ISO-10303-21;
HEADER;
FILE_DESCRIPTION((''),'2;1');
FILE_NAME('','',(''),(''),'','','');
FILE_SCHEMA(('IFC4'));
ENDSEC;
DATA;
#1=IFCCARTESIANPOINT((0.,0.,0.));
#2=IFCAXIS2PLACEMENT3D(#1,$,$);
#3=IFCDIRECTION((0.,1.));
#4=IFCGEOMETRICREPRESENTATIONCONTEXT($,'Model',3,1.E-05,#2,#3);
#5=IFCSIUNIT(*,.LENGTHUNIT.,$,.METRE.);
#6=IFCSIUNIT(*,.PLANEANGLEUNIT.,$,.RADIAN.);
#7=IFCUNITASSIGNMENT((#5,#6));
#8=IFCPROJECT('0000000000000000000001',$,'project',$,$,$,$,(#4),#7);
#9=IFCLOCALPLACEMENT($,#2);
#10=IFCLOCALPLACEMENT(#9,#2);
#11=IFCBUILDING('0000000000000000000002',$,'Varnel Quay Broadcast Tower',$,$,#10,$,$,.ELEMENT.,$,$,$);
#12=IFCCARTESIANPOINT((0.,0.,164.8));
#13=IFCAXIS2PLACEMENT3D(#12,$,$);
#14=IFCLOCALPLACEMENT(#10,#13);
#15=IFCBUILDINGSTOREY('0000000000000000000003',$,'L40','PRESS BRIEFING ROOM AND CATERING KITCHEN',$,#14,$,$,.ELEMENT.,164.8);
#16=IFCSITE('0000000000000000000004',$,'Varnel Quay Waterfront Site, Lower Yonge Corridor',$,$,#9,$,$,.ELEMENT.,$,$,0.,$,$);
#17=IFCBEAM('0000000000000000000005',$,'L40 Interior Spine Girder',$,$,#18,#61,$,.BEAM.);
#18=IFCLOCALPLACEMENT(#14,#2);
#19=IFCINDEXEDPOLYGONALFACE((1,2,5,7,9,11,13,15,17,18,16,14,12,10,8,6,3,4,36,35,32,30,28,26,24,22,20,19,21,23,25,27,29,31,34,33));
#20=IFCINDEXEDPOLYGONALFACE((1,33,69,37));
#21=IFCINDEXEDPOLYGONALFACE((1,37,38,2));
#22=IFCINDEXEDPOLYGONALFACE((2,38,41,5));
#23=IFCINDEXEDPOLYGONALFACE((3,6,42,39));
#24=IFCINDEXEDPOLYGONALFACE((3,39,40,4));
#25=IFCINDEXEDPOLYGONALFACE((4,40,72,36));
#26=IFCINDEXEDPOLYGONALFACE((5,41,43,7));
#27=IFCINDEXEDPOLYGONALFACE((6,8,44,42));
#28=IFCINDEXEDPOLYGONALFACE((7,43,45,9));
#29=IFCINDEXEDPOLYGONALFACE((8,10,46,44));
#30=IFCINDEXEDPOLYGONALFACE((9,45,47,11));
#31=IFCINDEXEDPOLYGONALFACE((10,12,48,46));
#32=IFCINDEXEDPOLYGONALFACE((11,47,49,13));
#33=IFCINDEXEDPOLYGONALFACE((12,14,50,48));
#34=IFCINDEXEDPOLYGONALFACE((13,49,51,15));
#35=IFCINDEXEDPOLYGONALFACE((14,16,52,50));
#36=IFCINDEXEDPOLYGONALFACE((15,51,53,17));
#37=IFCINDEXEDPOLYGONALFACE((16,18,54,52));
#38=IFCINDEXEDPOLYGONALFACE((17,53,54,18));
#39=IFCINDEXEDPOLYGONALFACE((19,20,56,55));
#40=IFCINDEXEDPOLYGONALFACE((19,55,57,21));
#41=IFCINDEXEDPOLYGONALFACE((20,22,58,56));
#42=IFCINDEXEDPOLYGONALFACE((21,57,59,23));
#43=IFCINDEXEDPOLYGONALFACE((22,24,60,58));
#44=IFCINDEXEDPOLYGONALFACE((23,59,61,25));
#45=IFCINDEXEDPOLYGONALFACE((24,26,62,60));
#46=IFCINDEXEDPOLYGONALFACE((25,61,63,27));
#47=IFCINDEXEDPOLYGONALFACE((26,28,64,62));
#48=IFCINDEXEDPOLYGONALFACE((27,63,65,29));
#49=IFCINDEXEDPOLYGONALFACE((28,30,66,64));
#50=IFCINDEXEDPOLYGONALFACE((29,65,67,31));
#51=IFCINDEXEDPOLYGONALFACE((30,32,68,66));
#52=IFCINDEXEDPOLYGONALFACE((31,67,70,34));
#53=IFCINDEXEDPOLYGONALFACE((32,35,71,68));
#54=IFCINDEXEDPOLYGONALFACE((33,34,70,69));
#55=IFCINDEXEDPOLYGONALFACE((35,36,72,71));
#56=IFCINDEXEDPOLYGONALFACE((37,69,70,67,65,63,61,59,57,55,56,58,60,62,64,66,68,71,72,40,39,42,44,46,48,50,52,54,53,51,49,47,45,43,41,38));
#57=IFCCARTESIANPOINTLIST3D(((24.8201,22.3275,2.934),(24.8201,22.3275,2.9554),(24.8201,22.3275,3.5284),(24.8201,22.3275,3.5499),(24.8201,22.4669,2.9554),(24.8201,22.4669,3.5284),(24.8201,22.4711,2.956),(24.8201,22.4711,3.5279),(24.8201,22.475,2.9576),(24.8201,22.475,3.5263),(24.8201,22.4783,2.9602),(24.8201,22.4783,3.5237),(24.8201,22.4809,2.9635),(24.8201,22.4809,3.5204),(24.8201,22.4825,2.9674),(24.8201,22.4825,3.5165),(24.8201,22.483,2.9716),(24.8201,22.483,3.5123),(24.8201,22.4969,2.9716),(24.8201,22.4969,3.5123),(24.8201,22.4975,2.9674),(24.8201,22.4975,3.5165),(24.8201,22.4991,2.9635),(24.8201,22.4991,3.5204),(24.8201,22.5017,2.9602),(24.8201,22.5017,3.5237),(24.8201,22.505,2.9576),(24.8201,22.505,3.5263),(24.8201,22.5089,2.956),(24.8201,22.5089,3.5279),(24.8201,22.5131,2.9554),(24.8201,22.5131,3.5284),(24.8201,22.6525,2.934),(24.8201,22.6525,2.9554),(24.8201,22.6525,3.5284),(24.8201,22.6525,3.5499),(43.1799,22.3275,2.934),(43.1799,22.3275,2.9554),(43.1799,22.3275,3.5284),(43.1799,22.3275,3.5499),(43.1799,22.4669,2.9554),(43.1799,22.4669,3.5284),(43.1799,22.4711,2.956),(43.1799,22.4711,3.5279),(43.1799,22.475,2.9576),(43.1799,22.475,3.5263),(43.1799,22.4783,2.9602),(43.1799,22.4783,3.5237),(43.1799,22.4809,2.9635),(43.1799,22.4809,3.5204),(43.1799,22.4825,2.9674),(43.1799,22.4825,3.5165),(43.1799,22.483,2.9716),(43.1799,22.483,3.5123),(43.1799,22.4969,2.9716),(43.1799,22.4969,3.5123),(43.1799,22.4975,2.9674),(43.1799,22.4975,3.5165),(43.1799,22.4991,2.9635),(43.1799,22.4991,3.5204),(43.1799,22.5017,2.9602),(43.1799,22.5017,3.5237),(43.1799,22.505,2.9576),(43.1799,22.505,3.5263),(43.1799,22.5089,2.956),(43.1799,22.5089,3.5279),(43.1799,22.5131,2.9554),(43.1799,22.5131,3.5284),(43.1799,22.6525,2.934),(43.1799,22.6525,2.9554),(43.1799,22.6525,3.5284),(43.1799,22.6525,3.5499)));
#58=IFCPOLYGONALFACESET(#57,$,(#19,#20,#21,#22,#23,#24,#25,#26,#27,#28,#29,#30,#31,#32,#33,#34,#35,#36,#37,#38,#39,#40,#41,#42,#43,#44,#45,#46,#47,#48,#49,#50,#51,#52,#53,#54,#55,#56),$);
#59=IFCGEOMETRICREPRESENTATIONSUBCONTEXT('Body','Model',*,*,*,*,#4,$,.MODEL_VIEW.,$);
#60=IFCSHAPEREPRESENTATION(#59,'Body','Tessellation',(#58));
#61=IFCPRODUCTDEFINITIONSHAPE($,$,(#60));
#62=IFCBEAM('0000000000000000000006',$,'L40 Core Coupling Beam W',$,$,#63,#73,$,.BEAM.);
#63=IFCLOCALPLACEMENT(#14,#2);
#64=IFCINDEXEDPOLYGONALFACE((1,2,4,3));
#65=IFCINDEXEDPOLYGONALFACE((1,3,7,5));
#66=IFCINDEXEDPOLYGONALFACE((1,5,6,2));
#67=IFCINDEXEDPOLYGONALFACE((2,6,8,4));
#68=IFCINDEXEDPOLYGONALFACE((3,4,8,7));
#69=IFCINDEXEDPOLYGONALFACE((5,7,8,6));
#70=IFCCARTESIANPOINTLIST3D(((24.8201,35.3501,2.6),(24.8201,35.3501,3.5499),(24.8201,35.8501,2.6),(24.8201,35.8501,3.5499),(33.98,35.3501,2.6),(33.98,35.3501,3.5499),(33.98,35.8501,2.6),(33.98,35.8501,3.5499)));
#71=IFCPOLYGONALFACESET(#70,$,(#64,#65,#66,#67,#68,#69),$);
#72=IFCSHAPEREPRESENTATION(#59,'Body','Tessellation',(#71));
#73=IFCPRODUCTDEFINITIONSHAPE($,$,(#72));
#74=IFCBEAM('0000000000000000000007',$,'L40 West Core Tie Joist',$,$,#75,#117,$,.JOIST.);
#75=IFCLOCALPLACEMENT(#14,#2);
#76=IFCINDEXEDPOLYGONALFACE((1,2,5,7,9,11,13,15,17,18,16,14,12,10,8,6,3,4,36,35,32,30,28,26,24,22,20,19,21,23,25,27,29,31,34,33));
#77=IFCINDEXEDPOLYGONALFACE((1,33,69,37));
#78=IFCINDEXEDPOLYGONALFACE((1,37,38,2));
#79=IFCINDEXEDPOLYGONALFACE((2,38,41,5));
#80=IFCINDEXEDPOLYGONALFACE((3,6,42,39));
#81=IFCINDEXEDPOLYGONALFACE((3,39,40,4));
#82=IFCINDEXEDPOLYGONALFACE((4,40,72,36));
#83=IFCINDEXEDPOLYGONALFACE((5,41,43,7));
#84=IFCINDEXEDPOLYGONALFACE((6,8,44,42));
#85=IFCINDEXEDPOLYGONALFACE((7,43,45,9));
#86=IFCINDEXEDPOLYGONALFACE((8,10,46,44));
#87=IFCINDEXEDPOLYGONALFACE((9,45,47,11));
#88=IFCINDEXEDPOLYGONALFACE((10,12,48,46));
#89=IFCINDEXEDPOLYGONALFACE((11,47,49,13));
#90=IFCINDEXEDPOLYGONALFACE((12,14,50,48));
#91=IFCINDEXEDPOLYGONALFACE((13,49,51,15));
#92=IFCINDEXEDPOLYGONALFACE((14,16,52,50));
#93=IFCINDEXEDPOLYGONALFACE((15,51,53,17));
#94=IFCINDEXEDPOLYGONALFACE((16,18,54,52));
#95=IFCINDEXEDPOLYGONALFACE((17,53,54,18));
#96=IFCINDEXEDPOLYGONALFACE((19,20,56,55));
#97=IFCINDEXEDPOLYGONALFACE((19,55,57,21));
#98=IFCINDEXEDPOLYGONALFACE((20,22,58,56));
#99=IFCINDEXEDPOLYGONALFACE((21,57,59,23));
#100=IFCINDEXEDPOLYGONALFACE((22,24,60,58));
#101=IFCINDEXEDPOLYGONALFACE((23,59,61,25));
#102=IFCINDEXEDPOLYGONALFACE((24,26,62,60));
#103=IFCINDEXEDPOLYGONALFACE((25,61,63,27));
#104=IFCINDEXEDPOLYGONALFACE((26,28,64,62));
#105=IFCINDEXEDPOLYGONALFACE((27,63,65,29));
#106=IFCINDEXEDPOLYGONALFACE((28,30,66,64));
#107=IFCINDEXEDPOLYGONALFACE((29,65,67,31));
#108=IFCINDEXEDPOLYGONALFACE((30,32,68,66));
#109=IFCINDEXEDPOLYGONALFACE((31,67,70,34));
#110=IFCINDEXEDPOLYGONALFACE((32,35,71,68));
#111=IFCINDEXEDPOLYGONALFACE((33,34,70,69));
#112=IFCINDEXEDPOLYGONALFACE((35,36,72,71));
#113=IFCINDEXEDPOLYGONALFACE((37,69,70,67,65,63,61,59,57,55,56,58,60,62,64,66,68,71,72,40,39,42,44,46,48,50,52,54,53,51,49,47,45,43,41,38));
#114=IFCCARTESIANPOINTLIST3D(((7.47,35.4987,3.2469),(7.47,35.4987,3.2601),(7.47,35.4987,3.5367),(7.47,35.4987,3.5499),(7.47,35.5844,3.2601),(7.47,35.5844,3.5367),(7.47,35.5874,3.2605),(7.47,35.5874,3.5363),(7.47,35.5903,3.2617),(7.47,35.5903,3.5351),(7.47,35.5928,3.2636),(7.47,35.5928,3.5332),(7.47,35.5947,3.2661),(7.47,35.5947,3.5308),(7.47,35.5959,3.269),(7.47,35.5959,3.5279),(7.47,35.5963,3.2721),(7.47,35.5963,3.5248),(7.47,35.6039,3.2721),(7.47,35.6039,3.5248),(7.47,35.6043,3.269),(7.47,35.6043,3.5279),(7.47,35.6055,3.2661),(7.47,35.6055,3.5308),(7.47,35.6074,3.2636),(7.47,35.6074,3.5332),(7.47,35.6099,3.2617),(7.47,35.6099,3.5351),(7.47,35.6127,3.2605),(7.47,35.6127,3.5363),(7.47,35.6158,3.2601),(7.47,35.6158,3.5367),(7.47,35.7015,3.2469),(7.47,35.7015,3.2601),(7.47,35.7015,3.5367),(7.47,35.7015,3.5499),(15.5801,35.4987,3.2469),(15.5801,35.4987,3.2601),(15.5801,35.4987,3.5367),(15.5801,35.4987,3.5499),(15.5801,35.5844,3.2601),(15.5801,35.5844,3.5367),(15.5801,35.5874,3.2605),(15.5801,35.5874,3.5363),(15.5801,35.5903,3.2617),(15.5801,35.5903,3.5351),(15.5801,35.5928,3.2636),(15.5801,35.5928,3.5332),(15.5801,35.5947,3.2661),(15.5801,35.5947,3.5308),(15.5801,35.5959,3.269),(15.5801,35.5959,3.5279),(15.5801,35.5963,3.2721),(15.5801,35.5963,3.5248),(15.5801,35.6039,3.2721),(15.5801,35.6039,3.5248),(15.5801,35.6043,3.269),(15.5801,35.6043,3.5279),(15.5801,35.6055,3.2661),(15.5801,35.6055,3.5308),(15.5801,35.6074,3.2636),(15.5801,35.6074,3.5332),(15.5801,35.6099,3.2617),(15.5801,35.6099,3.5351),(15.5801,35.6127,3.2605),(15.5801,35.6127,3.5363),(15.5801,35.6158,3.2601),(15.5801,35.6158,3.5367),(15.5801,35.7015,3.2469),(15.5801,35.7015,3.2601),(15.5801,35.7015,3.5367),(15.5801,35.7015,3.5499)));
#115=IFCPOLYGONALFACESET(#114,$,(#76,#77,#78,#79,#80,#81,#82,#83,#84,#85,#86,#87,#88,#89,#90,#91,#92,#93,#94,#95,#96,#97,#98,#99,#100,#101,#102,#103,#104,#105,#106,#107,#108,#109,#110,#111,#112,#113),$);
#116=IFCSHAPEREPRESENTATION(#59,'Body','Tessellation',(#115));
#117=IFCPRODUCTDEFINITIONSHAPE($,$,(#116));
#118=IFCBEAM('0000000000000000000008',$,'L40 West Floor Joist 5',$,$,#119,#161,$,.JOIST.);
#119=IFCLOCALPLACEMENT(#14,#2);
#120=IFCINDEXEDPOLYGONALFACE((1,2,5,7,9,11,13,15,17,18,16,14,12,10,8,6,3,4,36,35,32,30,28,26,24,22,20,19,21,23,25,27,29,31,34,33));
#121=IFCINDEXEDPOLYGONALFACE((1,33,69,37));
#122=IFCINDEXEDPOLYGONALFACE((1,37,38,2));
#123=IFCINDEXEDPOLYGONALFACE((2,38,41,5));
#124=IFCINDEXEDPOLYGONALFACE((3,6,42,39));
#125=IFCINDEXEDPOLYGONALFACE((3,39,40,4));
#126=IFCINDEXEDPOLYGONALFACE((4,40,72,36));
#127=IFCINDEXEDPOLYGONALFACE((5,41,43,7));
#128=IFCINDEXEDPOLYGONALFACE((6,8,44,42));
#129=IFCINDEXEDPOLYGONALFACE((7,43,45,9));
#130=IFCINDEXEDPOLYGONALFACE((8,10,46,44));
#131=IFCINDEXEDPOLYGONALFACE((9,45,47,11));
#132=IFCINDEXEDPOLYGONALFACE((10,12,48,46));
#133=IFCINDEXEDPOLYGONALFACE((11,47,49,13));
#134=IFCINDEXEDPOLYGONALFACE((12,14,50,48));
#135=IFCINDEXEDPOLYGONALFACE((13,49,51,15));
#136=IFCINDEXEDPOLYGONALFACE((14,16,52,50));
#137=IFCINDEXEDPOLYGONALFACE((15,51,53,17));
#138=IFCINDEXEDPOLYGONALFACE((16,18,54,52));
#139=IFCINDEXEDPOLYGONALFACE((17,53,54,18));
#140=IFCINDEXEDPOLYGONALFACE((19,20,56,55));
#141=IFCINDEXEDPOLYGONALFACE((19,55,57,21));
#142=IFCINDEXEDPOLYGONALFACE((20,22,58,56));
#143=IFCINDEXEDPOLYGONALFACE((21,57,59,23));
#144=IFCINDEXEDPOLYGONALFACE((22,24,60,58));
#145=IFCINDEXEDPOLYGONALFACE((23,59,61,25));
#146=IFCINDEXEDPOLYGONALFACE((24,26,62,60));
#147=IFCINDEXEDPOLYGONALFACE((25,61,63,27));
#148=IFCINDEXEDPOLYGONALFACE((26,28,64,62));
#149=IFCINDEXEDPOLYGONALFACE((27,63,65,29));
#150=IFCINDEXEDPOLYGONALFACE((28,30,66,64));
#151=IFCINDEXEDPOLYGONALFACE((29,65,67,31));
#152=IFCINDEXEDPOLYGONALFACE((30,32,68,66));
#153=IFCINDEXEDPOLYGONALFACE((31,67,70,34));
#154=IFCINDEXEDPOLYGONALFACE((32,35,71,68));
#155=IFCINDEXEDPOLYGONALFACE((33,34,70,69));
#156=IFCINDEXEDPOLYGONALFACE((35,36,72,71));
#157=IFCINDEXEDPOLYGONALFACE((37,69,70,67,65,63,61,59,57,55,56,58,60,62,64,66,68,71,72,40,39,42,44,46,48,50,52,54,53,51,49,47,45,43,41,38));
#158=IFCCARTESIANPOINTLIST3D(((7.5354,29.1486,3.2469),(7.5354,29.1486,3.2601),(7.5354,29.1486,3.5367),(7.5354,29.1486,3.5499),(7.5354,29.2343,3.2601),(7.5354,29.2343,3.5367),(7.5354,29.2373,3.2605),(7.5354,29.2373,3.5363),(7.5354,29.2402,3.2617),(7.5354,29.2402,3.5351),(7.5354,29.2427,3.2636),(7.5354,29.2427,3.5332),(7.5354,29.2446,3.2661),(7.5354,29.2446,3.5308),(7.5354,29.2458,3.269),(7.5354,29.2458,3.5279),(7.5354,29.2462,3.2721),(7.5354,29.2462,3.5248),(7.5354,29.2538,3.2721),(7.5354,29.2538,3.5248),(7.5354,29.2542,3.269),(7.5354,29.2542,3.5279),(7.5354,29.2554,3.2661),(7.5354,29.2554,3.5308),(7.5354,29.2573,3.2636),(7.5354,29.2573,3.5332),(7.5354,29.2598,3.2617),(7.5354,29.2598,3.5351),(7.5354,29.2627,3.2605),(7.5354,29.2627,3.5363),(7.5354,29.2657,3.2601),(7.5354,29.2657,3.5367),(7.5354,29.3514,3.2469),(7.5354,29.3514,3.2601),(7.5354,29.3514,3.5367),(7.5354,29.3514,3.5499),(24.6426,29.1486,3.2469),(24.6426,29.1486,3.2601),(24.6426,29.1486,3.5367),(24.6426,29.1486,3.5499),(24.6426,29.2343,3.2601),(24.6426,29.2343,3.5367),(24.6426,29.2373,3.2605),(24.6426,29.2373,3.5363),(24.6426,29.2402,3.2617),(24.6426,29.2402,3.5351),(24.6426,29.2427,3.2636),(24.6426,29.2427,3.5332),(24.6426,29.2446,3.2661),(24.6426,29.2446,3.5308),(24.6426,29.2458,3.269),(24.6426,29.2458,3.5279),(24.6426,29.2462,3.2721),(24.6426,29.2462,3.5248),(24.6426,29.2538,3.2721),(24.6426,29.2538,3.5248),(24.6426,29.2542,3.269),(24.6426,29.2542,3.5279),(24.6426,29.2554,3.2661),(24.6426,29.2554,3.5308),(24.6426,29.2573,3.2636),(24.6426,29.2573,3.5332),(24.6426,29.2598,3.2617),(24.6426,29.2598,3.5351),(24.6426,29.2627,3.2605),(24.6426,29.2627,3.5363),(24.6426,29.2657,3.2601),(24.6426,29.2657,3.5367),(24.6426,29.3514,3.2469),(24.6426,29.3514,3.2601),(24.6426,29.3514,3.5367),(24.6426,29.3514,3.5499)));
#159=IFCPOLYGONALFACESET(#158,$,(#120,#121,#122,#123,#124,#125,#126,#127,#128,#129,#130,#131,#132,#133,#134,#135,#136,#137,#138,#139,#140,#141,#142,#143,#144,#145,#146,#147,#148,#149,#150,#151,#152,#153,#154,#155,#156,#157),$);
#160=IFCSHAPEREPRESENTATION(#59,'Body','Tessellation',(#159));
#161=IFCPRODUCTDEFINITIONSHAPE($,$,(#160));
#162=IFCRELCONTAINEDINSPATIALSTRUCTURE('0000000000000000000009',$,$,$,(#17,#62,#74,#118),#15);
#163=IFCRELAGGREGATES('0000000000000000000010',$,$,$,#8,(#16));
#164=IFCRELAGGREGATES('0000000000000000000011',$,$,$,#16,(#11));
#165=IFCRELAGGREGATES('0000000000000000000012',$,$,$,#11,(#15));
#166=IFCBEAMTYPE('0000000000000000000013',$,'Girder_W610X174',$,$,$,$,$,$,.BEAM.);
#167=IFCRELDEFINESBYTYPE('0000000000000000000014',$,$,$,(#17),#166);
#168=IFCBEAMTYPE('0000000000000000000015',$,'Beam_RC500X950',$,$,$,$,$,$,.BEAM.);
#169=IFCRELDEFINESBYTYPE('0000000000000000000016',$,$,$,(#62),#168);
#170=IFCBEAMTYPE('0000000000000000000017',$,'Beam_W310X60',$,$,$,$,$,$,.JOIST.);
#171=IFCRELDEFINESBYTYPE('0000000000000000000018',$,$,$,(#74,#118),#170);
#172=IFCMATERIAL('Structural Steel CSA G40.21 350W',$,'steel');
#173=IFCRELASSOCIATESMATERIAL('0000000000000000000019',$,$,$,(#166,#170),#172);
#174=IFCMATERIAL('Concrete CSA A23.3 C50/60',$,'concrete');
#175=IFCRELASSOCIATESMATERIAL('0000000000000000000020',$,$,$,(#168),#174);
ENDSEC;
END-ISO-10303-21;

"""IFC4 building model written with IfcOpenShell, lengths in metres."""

from ifc_helpers import new_model, si_unit, direction, frame, origin, origin_2d, place, context, subcontext, project, spatial, rectangle, i_section, extrude, source, transform, mapped, material, material_profile, profile_set, type_object, type_shapes, element, save


model = new_model("IFC4")

# Units and contexts
model_context = context("Model", 3, precision=1e-05, world=origin(), true_north=direction((0.0, 1.0)))
body_context = subcontext(model_context, "Body", "Model", "MODEL_VIEW")
ifc_project = project(units=[si_unit("LENGTHUNIT", "METRE"), si_unit("PLANEANGLEUNIT", "RADIAN")], contexts=[model_context])

# Site, building, storey
site_placement = place(None, origin())
site = spatial("IfcSite", under=ifc_project, at=site_placement, Name="Varnel Quay Waterfront Site, Lower Yonge Corridor", CompositionType="ELEMENT", RefElevation=0.0)
building_placement = place(site_placement, origin())
building = spatial("IfcBuilding", under=site, at=building_placement, Name="Varnel Quay Broadcast Tower", CompositionType="ELEMENT")
storey_placement = place(building_placement, frame((0.0, 0.0, 164.8)))
storey = spatial("IfcBuildingStorey", under=building, at=storey_placement, Name="L40", Description="PRESS BRIEFING ROOM AND CATERING KITCHEN", CompositionType="ELEMENT", Elevation=164.8)

# Shared definitions
ifc_material_1 = material(Name="Concrete CSA A23.3 C50/60", Category="concrete")

# Beams
ifc_material_2 = material(Name="Structural Steel CSA G40.21 350W", Category="steel")
ifc_material_profile_1 = material_profile(ifc_material_2, i_section(OverallWidth=0.325, OverallDepth=0.616, WebThickness=0.0139, FlangeThickness=0.0215, FilletRadius=0.0161, at=origin_2d()), Name="W610X174")
ifc_profile_set_1 = profile_set([ifc_material_profile_1], Name="Structural Steel CSA G40.21 350W")
beam_type_1 = type_object("IfcBeamType", Name="Girder_W610X174", PredefinedType="BEAM", material=ifc_profile_set_1)
shared_shape_1 = source(origin(), body_context, "Body", "SweptSolid", [
    extrude(i_section(OverallWidth=0.325, OverallDepth=0.616, WebThickness=0.0139, FlangeThickness=0.0215, FilletRadius=0.0161, at=origin_2d()), origin(), (0.0, 0.0, 1.0), 18.3599),
])
beam_1_placement = place(storey_placement, frame((24.8201, 22.49, 3.2419), z_axis=(1.0, 0.0, 0.0), x_axis=(0.0, 1.0, 0.0)))
element("IfcBeam", 1, at=beam_1_placement, inside=storey, type_object=beam_type_1, Name="L40 Interior Spine Girder", PredefinedType="BEAM", context=body_context, shape_type="MappedRepresentation", body=[
    mapped(shared_shape_1, transform((0.0, 0.0, 0.0), x_axis=(1.0, 0.0, 0.0), y_axis=(0.0, 1.0, 0.0), z_axis=(0.0, 0.0, 1.0), scale=1.0)),
])
ifc_material_profile_2 = material_profile(ifc_material_1, rectangle(XDim=0.5, YDim=0.95, at=origin_2d()), Name="RC500X950")
ifc_profile_set_2 = profile_set([ifc_material_profile_2], Name="Concrete CSA A23.3 C50/60")
beam_type_2 = type_object("IfcBeamType", Name="Beam_RC500X950", PredefinedType="BEAM", material=ifc_profile_set_2)
shared_shape_2 = source(origin(), body_context, "Body", "SweptSolid", [
    extrude(rectangle(XDim=0.5, YDim=0.95, at=origin_2d()), origin(), (0.0, 0.0, 1.0), 9.1599),
])
type_shapes(beam_type_2, [shared_shape_2])
beam_2_placement = place(storey_placement, frame((24.8201, 35.6001, 3.075), z_axis=(1.0, 0.0, 0.0), x_axis=(0.0, 1.0, 0.0)))
element("IfcBeam", 2, at=beam_2_placement, inside=storey, type_object=beam_type_2, Name="L40 Core Coupling Beam W", PredefinedType="BEAM", context=body_context, shape_type="MappedRepresentation", body=[
    mapped(shared_shape_2, transform((0.0, 0.0, 0.0), x_axis=(1.0, 0.0, 0.0), y_axis=(0.0, 1.0, 0.0), z_axis=(0.0, 0.0, 1.0), scale=1.0)),
])
ifc_material_profile_3 = material_profile(ifc_material_2, i_section(OverallWidth=0.2029, OverallDepth=0.303, WebThickness=0.0076, FlangeThickness=0.0132, FilletRadius=0.012, at=origin_2d()), Name="W310X60")
ifc_profile_set_3 = profile_set([ifc_material_profile_3], Name="Structural Steel CSA G40.21 350W")
beam_type_3 = type_object("IfcBeamType", Name="Beam_W310X60", PredefinedType="JOIST", material=ifc_profile_set_3)
shared_shape_3 = source(origin(), body_context, "Body", "SweptSolid", [
    extrude(i_section(OverallWidth=0.2029, OverallDepth=0.303, WebThickness=0.0076, FlangeThickness=0.0132, FilletRadius=0.012, at=origin_2d()), origin(), (0.0, 0.0, 1.0), 8.1101),
])
beam_3_placement = place(storey_placement, frame((7.47, 35.6001, 3.3984), z_axis=(1.0, 0.0, 0.0), x_axis=(0.0, 1.0, 0.0)))
element("IfcBeam", 3, at=beam_3_placement, inside=storey, type_object=beam_type_3, Name="L40 West Core Tie Joist", PredefinedType="JOIST", context=body_context, shape_type="MappedRepresentation", body=[
    mapped(shared_shape_3, transform((0.0, 0.0, 0.0), x_axis=(1.0, 0.0, 0.0), y_axis=(0.0, 1.0, 0.0), z_axis=(0.0, 0.0, 1.0), scale=1.0)),
])
shared_shape_4 = source(origin(), body_context, "Body", "SweptSolid", [
    extrude(i_section(OverallWidth=0.2029, OverallDepth=0.303, WebThickness=0.0076, FlangeThickness=0.0132, FilletRadius=0.012, at=origin_2d()), origin(), (0.0, 0.0, 1.0), 17.1072),
])
beam_4_placement = place(storey_placement, frame((7.5354, 29.25, 3.3984), z_axis=(1.0, 0.0, 0.0), x_axis=(0.0, 1.0, 0.0)))
element("IfcBeam", 4, at=beam_4_placement, inside=storey, type_object=beam_type_3, Name="L40 West Floor Joist 5", PredefinedType="JOIST", context=body_context, shape_type="MappedRepresentation", body=[
    mapped(shared_shape_4, transform((0.0, 0.0, 0.0), x_axis=(1.0, 0.0, 0.0), y_axis=(0.0, 1.0, 0.0), z_axis=(0.0, 0.0, 1.0), scale=1.0)),
])

save(model, "model.ifc")
